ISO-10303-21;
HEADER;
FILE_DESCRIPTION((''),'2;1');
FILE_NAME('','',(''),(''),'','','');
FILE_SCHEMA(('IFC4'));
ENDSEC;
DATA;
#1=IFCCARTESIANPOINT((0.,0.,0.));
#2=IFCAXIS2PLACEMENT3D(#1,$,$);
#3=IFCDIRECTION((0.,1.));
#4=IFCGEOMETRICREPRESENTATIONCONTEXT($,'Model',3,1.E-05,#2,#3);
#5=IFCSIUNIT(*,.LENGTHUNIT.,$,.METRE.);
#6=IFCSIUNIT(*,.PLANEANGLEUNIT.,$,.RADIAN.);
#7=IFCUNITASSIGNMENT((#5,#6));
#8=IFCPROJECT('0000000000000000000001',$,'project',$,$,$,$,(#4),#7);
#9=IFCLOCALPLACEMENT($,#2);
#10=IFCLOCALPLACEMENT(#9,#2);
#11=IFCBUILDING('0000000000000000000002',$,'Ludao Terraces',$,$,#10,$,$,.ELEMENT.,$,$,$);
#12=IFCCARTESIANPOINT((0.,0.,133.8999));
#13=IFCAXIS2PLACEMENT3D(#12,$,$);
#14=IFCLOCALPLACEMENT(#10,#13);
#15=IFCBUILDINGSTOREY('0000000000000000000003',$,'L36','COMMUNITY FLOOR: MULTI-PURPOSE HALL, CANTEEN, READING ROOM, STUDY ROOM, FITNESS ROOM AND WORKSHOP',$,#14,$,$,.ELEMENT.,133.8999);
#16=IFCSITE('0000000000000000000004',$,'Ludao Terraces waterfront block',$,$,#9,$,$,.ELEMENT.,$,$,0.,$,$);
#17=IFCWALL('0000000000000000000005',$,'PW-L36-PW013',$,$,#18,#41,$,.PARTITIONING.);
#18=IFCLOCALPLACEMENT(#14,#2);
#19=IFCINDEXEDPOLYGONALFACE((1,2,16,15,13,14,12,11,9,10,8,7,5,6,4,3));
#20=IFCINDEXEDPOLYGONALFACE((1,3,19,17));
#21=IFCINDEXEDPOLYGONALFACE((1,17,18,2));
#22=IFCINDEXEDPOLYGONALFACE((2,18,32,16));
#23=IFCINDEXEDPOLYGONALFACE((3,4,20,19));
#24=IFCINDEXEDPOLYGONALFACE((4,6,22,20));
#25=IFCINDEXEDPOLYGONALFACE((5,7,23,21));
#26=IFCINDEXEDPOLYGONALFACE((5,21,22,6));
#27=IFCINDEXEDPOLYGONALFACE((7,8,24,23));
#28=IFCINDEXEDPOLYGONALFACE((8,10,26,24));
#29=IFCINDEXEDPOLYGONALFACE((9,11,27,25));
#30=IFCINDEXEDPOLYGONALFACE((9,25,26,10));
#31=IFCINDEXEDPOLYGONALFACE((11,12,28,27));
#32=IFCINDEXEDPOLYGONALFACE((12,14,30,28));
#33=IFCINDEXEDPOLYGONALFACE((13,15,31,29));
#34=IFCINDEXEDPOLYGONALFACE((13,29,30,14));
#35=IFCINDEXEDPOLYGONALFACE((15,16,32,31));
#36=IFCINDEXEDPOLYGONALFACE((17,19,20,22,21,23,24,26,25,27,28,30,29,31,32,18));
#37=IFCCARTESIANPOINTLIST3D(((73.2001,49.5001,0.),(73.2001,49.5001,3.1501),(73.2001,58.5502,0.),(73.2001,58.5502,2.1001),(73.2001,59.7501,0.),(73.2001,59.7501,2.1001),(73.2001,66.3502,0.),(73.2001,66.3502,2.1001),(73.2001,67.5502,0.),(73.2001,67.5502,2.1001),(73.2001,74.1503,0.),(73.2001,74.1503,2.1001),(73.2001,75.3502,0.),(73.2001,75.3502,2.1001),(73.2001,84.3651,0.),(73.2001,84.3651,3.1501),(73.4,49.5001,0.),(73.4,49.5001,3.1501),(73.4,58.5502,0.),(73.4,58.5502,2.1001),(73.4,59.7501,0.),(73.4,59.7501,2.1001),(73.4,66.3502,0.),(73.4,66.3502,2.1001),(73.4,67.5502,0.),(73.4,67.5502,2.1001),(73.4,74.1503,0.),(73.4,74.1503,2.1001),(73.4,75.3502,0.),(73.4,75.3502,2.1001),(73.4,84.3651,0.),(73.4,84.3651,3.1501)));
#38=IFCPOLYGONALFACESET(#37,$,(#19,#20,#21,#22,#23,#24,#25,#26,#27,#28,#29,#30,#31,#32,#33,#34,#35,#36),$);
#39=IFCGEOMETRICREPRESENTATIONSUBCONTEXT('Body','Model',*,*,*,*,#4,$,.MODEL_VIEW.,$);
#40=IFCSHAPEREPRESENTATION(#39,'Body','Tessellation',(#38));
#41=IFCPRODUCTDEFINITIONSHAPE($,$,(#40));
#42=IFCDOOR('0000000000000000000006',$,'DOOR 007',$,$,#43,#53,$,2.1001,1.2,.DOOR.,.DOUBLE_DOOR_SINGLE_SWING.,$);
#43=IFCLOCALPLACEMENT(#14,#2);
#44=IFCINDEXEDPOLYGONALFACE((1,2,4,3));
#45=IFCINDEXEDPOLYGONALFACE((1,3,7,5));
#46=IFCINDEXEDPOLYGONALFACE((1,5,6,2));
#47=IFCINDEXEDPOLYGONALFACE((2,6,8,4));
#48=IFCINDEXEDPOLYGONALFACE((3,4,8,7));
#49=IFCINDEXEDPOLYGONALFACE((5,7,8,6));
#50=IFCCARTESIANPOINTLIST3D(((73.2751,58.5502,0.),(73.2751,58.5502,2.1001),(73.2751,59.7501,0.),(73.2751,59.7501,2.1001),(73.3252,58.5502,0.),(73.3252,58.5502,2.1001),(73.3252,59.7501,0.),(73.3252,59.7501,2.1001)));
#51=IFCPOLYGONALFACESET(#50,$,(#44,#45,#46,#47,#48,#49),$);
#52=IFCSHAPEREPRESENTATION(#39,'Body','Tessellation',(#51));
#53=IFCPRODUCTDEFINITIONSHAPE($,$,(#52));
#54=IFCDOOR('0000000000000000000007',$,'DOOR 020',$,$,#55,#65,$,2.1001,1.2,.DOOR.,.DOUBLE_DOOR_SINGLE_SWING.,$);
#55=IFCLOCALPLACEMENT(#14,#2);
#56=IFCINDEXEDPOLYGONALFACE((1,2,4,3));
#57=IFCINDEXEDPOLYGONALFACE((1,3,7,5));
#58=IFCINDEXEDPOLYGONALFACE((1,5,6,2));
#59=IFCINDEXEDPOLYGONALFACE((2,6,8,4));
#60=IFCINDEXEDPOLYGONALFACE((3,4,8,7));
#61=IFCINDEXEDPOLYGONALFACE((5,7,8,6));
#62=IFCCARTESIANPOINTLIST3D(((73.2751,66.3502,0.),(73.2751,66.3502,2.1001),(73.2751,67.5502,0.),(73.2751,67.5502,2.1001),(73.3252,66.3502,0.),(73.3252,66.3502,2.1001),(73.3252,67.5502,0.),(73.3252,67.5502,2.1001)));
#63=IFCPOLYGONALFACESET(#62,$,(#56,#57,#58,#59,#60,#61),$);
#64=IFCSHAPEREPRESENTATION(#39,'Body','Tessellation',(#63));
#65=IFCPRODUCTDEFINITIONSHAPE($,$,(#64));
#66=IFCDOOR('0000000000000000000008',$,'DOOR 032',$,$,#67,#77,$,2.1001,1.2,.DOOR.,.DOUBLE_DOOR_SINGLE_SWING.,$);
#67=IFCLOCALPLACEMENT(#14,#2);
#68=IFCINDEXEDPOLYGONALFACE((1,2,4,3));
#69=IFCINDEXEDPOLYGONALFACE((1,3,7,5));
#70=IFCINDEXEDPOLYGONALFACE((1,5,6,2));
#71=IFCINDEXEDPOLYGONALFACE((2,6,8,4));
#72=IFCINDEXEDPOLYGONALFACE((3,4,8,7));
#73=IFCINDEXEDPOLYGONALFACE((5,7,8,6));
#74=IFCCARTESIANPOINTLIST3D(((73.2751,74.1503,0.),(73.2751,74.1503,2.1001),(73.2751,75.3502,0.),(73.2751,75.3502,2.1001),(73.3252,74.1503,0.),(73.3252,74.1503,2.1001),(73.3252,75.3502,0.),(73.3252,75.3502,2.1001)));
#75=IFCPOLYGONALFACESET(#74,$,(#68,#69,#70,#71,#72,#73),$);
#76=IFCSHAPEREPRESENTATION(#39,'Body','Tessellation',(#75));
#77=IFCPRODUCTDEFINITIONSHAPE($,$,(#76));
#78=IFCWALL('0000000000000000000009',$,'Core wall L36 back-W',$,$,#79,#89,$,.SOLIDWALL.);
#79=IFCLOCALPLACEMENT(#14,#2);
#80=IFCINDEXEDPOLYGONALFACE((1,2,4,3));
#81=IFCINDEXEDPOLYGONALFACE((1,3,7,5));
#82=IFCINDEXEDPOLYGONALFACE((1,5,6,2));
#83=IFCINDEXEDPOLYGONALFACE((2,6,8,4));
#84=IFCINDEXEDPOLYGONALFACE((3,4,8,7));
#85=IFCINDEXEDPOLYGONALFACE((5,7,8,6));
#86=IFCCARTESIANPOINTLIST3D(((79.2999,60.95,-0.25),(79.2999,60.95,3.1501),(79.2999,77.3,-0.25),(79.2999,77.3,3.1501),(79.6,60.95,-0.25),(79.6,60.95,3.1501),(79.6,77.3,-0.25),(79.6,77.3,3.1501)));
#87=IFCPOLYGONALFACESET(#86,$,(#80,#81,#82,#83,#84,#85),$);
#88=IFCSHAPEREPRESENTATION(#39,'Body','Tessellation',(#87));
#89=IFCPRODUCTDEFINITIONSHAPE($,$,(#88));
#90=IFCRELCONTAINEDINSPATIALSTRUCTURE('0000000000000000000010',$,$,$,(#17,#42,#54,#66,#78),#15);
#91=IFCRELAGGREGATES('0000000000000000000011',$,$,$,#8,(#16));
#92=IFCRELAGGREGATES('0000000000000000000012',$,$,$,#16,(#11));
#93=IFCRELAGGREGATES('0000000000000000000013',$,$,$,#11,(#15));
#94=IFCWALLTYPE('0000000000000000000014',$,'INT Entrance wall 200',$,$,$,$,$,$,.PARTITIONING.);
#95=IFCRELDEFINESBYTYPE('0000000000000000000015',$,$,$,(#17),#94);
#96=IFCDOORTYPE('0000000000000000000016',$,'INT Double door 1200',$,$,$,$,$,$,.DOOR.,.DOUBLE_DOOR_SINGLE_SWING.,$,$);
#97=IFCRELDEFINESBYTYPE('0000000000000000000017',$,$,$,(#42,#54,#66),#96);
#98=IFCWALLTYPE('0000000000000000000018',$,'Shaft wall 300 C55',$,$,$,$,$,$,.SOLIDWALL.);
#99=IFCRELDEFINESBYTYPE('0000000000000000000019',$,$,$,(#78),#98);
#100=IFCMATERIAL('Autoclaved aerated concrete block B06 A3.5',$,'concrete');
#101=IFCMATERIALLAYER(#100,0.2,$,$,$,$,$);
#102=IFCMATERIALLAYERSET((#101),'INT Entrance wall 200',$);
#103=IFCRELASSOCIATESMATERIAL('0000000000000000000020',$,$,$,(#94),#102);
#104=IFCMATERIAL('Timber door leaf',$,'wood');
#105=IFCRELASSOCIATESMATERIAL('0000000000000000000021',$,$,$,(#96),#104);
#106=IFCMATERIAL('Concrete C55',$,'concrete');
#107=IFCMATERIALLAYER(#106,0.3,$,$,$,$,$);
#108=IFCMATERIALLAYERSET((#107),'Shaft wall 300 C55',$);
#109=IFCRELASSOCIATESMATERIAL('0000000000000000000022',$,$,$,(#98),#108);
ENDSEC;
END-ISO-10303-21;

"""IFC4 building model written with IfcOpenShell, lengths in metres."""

from ifc_helpers import new_model, si_unit, direction, frame, frame_2d, origin, place, context, subcontext, project, spatial, rectangle, extrude, material, layer, layer_set, type_object, element, fill, save


model = new_model("IFC4")

# Units and contexts
model_context = context("Model", 3, precision=1e-05, world=origin(), true_north=direction((0.0, 1.0)))
body_context = subcontext(model_context, "Body", "Model", "MODEL_VIEW")
ifc_project = project(units=[si_unit("LENGTHUNIT", "METRE"), si_unit("PLANEANGLEUNIT", "RADIAN")], contexts=[model_context])

# Site, building, storey
site_placement = place(None, origin())
site = spatial("IfcSite", under=ifc_project, at=site_placement, Name="Ludao Terraces waterfront block", CompositionType="ELEMENT", RefElevation=0.0)
building_placement = place(site_placement, origin())
building = spatial("IfcBuilding", under=site, at=building_placement, Name="Ludao Terraces", CompositionType="ELEMENT")
storey_placement = place(building_placement, frame((0.0, 0.0, 133.8999)))
storey = spatial("IfcBuildingStorey", under=building, at=storey_placement, Name="L36", Description="COMMUNITY FLOOR: MULTI-PURPOSE HALL, CANTEEN, READING ROOM, STUDY ROOM, FITNESS ROOM AND WORKSHOP", CompositionType="ELEMENT", Elevation=133.8999)

# Shared definitions
ifc_material_1 = material(Name="Timber door leaf", Category="wood")

# Wall, openings, doors
ifc_material_2 = material(Name="Autoclaved aerated concrete block B06 A3.5", Category="concrete")
ifc_layer_1 = layer(ifc_material_2, 0.2)
ifc_layer_set_1 = layer_set([ifc_layer_1], Name="INT Entrance wall 200")
wall_type_1 = type_object("IfcWallType", Name="INT Entrance wall 200", PredefinedType="PARTITIONING", material=ifc_layer_set_1)
door_type_1 = type_object("IfcDoorType", Name="INT Double door 1200", OperationType="DOUBLE_DOOR_SINGLE_SWING", PredefinedType="DOOR", material=ifc_material_1)
wall_1_placement = place(storey_placement, frame((73.3, 49.5, 0.0), z_axis=(0.0, 0.0, 1.0), x_axis=(0.0, 1.0, 0.0)))
wall_1 = element("IfcWall", 1, at=wall_1_placement, inside=storey, type_object=wall_type_1, Name="PW-L36-PW013", PredefinedType="PARTITIONING", context=body_context, shape_type="SweptSolid", body=[
    extrude(rectangle(XDim=34.865, YDim=0.2, at=frame_2d((17.4326, 0.0))), origin(), (0.0, 0.0, 1.0), 3.1501),
])
opening_1_placement = place(wall_1_placement, frame((9.05, 0.0, 0.0)))
opening_1 = element("IfcOpeningElement", 2, at=opening_1_placement, cuts=wall_1, PredefinedType="OPENING", context=body_context, shape_type="SweptSolid", body=[
    extrude(rectangle(XDim=1.2, YDim=2.1001, at=frame_2d((0.6001, 1.05))), frame((0.0, 0.1099, 0.0), z_axis=(0.0, -1.0, 0.0), x_axis=(1.0, 0.0, 0.0)), (0.0, 0.0, 1.0), 0.22),
])
opening_2_placement = place(wall_1_placement, frame((16.8501, 0.0, 0.0)))
opening_2 = element("IfcOpeningElement", 3, at=opening_2_placement, cuts=wall_1, PredefinedType="OPENING", context=body_context, shape_type="SweptSolid", body=[
    extrude(rectangle(XDim=1.2, YDim=2.1001, at=frame_2d((0.6001, 1.05))), frame((0.0, 0.1099, 0.0), z_axis=(0.0, -1.0, 0.0), x_axis=(1.0, 0.0, 0.0)), (0.0, 0.0, 1.0), 0.22),
])
opening_3_placement = place(wall_1_placement, frame((24.6501, 0.0, 0.0)))
opening_3 = element("IfcOpeningElement", 4, at=opening_3_placement, cuts=wall_1, PredefinedType="OPENING", context=body_context, shape_type="SweptSolid", body=[
    extrude(rectangle(XDim=1.2, YDim=2.1001, at=frame_2d((0.6001, 1.05))), frame((0.0, 0.1099, 0.0), z_axis=(0.0, -1.0, 0.0), x_axis=(1.0, 0.0, 0.0)), (0.0, 0.0, 1.0), 0.22),
])
door_1_placement = place(opening_1_placement, origin())
door_1 = element("IfcDoor", 5, at=door_1_placement, inside=storey, type_object=door_type_1, Name="DOOR 007", OperationType="DOUBLE_DOOR_SINGLE_SWING", OverallHeight=2.1001, OverallWidth=1.2, PredefinedType="DOOR", context=body_context, shape_type="SweptSolid", body=[
    extrude(rectangle(XDim=1.2, YDim=2.1001, at=frame_2d((0.6001, 1.05))), frame((0.0, 0.0249, 0.0), z_axis=(0.0, -1.0, 0.0), x_axis=(1.0, 0.0, 0.0)), (0.0, 0.0, 1.0), 0.05),
])
fill(opening_1, door_1)
door_2_placement = place(opening_2_placement, origin())
door_2 = element("IfcDoor", 6, at=door_2_placement, inside=storey, type_object=door_type_1, Name="DOOR 020", OperationType="DOUBLE_DOOR_SINGLE_SWING", OverallHeight=2.1001, OverallWidth=1.2, PredefinedType="DOOR", context=body_context, shape_type="SweptSolid", body=[
    extrude(rectangle(XDim=1.2, YDim=2.1001, at=frame_2d((0.6001, 1.05))), frame((0.0, 0.0249, 0.0), z_axis=(0.0, -1.0, 0.0), x_axis=(1.0, 0.0, 0.0)), (0.0, 0.0, 1.0), 0.05),
])
fill(opening_2, door_2)
door_3_placement = place(opening_3_placement, origin())
door_3 = element("IfcDoor", 7, at=door_3_placement, inside=storey, type_object=door_type_1, Name="DOOR 032", OperationType="DOUBLE_DOOR_SINGLE_SWING", OverallHeight=2.1001, OverallWidth=1.2, PredefinedType="DOOR", context=body_context, shape_type="SweptSolid", body=[
    extrude(rectangle(XDim=1.2, YDim=2.1001, at=frame_2d((0.6001, 1.05))), frame((0.0, 0.0249, 0.0), z_axis=(0.0, -1.0, 0.0), x_axis=(1.0, 0.0, 0.0)), (0.0, 0.0, 1.0), 0.05),
])
fill(opening_3, door_3)

# Wall
ifc_material_3 = material(Name="Concrete C55", Category="concrete")
ifc_layer_2 = layer(ifc_material_3, 0.3)
ifc_layer_set_2 = layer_set([ifc_layer_2], Name="Shaft wall 300 C55")
wall_type_2 = type_object("IfcWallType", Name="Shaft wall 300 C55", PredefinedType="SOLIDWALL", material=ifc_layer_set_2)
wall_2_placement = place(storey_placement, frame((79.45, 60.95, -0.25), z_axis=(0.0, 0.0, 1.0), x_axis=(0.0, 1.0, 0.0)))
element("IfcWall", 8, at=wall_2_placement, inside=storey, type_object=wall_type_2, Name="Core wall L36 back-W", PredefinedType="SOLIDWALL", context=body_context, shape_type="SweptSolid", body=[
    extrude(rectangle(XDim=16.3501, YDim=0.3, at=frame_2d((8.175, 0.0))), origin(), (0.0, 0.0, 1.0), 3.4001),
])

save(model, "model.ifc")
